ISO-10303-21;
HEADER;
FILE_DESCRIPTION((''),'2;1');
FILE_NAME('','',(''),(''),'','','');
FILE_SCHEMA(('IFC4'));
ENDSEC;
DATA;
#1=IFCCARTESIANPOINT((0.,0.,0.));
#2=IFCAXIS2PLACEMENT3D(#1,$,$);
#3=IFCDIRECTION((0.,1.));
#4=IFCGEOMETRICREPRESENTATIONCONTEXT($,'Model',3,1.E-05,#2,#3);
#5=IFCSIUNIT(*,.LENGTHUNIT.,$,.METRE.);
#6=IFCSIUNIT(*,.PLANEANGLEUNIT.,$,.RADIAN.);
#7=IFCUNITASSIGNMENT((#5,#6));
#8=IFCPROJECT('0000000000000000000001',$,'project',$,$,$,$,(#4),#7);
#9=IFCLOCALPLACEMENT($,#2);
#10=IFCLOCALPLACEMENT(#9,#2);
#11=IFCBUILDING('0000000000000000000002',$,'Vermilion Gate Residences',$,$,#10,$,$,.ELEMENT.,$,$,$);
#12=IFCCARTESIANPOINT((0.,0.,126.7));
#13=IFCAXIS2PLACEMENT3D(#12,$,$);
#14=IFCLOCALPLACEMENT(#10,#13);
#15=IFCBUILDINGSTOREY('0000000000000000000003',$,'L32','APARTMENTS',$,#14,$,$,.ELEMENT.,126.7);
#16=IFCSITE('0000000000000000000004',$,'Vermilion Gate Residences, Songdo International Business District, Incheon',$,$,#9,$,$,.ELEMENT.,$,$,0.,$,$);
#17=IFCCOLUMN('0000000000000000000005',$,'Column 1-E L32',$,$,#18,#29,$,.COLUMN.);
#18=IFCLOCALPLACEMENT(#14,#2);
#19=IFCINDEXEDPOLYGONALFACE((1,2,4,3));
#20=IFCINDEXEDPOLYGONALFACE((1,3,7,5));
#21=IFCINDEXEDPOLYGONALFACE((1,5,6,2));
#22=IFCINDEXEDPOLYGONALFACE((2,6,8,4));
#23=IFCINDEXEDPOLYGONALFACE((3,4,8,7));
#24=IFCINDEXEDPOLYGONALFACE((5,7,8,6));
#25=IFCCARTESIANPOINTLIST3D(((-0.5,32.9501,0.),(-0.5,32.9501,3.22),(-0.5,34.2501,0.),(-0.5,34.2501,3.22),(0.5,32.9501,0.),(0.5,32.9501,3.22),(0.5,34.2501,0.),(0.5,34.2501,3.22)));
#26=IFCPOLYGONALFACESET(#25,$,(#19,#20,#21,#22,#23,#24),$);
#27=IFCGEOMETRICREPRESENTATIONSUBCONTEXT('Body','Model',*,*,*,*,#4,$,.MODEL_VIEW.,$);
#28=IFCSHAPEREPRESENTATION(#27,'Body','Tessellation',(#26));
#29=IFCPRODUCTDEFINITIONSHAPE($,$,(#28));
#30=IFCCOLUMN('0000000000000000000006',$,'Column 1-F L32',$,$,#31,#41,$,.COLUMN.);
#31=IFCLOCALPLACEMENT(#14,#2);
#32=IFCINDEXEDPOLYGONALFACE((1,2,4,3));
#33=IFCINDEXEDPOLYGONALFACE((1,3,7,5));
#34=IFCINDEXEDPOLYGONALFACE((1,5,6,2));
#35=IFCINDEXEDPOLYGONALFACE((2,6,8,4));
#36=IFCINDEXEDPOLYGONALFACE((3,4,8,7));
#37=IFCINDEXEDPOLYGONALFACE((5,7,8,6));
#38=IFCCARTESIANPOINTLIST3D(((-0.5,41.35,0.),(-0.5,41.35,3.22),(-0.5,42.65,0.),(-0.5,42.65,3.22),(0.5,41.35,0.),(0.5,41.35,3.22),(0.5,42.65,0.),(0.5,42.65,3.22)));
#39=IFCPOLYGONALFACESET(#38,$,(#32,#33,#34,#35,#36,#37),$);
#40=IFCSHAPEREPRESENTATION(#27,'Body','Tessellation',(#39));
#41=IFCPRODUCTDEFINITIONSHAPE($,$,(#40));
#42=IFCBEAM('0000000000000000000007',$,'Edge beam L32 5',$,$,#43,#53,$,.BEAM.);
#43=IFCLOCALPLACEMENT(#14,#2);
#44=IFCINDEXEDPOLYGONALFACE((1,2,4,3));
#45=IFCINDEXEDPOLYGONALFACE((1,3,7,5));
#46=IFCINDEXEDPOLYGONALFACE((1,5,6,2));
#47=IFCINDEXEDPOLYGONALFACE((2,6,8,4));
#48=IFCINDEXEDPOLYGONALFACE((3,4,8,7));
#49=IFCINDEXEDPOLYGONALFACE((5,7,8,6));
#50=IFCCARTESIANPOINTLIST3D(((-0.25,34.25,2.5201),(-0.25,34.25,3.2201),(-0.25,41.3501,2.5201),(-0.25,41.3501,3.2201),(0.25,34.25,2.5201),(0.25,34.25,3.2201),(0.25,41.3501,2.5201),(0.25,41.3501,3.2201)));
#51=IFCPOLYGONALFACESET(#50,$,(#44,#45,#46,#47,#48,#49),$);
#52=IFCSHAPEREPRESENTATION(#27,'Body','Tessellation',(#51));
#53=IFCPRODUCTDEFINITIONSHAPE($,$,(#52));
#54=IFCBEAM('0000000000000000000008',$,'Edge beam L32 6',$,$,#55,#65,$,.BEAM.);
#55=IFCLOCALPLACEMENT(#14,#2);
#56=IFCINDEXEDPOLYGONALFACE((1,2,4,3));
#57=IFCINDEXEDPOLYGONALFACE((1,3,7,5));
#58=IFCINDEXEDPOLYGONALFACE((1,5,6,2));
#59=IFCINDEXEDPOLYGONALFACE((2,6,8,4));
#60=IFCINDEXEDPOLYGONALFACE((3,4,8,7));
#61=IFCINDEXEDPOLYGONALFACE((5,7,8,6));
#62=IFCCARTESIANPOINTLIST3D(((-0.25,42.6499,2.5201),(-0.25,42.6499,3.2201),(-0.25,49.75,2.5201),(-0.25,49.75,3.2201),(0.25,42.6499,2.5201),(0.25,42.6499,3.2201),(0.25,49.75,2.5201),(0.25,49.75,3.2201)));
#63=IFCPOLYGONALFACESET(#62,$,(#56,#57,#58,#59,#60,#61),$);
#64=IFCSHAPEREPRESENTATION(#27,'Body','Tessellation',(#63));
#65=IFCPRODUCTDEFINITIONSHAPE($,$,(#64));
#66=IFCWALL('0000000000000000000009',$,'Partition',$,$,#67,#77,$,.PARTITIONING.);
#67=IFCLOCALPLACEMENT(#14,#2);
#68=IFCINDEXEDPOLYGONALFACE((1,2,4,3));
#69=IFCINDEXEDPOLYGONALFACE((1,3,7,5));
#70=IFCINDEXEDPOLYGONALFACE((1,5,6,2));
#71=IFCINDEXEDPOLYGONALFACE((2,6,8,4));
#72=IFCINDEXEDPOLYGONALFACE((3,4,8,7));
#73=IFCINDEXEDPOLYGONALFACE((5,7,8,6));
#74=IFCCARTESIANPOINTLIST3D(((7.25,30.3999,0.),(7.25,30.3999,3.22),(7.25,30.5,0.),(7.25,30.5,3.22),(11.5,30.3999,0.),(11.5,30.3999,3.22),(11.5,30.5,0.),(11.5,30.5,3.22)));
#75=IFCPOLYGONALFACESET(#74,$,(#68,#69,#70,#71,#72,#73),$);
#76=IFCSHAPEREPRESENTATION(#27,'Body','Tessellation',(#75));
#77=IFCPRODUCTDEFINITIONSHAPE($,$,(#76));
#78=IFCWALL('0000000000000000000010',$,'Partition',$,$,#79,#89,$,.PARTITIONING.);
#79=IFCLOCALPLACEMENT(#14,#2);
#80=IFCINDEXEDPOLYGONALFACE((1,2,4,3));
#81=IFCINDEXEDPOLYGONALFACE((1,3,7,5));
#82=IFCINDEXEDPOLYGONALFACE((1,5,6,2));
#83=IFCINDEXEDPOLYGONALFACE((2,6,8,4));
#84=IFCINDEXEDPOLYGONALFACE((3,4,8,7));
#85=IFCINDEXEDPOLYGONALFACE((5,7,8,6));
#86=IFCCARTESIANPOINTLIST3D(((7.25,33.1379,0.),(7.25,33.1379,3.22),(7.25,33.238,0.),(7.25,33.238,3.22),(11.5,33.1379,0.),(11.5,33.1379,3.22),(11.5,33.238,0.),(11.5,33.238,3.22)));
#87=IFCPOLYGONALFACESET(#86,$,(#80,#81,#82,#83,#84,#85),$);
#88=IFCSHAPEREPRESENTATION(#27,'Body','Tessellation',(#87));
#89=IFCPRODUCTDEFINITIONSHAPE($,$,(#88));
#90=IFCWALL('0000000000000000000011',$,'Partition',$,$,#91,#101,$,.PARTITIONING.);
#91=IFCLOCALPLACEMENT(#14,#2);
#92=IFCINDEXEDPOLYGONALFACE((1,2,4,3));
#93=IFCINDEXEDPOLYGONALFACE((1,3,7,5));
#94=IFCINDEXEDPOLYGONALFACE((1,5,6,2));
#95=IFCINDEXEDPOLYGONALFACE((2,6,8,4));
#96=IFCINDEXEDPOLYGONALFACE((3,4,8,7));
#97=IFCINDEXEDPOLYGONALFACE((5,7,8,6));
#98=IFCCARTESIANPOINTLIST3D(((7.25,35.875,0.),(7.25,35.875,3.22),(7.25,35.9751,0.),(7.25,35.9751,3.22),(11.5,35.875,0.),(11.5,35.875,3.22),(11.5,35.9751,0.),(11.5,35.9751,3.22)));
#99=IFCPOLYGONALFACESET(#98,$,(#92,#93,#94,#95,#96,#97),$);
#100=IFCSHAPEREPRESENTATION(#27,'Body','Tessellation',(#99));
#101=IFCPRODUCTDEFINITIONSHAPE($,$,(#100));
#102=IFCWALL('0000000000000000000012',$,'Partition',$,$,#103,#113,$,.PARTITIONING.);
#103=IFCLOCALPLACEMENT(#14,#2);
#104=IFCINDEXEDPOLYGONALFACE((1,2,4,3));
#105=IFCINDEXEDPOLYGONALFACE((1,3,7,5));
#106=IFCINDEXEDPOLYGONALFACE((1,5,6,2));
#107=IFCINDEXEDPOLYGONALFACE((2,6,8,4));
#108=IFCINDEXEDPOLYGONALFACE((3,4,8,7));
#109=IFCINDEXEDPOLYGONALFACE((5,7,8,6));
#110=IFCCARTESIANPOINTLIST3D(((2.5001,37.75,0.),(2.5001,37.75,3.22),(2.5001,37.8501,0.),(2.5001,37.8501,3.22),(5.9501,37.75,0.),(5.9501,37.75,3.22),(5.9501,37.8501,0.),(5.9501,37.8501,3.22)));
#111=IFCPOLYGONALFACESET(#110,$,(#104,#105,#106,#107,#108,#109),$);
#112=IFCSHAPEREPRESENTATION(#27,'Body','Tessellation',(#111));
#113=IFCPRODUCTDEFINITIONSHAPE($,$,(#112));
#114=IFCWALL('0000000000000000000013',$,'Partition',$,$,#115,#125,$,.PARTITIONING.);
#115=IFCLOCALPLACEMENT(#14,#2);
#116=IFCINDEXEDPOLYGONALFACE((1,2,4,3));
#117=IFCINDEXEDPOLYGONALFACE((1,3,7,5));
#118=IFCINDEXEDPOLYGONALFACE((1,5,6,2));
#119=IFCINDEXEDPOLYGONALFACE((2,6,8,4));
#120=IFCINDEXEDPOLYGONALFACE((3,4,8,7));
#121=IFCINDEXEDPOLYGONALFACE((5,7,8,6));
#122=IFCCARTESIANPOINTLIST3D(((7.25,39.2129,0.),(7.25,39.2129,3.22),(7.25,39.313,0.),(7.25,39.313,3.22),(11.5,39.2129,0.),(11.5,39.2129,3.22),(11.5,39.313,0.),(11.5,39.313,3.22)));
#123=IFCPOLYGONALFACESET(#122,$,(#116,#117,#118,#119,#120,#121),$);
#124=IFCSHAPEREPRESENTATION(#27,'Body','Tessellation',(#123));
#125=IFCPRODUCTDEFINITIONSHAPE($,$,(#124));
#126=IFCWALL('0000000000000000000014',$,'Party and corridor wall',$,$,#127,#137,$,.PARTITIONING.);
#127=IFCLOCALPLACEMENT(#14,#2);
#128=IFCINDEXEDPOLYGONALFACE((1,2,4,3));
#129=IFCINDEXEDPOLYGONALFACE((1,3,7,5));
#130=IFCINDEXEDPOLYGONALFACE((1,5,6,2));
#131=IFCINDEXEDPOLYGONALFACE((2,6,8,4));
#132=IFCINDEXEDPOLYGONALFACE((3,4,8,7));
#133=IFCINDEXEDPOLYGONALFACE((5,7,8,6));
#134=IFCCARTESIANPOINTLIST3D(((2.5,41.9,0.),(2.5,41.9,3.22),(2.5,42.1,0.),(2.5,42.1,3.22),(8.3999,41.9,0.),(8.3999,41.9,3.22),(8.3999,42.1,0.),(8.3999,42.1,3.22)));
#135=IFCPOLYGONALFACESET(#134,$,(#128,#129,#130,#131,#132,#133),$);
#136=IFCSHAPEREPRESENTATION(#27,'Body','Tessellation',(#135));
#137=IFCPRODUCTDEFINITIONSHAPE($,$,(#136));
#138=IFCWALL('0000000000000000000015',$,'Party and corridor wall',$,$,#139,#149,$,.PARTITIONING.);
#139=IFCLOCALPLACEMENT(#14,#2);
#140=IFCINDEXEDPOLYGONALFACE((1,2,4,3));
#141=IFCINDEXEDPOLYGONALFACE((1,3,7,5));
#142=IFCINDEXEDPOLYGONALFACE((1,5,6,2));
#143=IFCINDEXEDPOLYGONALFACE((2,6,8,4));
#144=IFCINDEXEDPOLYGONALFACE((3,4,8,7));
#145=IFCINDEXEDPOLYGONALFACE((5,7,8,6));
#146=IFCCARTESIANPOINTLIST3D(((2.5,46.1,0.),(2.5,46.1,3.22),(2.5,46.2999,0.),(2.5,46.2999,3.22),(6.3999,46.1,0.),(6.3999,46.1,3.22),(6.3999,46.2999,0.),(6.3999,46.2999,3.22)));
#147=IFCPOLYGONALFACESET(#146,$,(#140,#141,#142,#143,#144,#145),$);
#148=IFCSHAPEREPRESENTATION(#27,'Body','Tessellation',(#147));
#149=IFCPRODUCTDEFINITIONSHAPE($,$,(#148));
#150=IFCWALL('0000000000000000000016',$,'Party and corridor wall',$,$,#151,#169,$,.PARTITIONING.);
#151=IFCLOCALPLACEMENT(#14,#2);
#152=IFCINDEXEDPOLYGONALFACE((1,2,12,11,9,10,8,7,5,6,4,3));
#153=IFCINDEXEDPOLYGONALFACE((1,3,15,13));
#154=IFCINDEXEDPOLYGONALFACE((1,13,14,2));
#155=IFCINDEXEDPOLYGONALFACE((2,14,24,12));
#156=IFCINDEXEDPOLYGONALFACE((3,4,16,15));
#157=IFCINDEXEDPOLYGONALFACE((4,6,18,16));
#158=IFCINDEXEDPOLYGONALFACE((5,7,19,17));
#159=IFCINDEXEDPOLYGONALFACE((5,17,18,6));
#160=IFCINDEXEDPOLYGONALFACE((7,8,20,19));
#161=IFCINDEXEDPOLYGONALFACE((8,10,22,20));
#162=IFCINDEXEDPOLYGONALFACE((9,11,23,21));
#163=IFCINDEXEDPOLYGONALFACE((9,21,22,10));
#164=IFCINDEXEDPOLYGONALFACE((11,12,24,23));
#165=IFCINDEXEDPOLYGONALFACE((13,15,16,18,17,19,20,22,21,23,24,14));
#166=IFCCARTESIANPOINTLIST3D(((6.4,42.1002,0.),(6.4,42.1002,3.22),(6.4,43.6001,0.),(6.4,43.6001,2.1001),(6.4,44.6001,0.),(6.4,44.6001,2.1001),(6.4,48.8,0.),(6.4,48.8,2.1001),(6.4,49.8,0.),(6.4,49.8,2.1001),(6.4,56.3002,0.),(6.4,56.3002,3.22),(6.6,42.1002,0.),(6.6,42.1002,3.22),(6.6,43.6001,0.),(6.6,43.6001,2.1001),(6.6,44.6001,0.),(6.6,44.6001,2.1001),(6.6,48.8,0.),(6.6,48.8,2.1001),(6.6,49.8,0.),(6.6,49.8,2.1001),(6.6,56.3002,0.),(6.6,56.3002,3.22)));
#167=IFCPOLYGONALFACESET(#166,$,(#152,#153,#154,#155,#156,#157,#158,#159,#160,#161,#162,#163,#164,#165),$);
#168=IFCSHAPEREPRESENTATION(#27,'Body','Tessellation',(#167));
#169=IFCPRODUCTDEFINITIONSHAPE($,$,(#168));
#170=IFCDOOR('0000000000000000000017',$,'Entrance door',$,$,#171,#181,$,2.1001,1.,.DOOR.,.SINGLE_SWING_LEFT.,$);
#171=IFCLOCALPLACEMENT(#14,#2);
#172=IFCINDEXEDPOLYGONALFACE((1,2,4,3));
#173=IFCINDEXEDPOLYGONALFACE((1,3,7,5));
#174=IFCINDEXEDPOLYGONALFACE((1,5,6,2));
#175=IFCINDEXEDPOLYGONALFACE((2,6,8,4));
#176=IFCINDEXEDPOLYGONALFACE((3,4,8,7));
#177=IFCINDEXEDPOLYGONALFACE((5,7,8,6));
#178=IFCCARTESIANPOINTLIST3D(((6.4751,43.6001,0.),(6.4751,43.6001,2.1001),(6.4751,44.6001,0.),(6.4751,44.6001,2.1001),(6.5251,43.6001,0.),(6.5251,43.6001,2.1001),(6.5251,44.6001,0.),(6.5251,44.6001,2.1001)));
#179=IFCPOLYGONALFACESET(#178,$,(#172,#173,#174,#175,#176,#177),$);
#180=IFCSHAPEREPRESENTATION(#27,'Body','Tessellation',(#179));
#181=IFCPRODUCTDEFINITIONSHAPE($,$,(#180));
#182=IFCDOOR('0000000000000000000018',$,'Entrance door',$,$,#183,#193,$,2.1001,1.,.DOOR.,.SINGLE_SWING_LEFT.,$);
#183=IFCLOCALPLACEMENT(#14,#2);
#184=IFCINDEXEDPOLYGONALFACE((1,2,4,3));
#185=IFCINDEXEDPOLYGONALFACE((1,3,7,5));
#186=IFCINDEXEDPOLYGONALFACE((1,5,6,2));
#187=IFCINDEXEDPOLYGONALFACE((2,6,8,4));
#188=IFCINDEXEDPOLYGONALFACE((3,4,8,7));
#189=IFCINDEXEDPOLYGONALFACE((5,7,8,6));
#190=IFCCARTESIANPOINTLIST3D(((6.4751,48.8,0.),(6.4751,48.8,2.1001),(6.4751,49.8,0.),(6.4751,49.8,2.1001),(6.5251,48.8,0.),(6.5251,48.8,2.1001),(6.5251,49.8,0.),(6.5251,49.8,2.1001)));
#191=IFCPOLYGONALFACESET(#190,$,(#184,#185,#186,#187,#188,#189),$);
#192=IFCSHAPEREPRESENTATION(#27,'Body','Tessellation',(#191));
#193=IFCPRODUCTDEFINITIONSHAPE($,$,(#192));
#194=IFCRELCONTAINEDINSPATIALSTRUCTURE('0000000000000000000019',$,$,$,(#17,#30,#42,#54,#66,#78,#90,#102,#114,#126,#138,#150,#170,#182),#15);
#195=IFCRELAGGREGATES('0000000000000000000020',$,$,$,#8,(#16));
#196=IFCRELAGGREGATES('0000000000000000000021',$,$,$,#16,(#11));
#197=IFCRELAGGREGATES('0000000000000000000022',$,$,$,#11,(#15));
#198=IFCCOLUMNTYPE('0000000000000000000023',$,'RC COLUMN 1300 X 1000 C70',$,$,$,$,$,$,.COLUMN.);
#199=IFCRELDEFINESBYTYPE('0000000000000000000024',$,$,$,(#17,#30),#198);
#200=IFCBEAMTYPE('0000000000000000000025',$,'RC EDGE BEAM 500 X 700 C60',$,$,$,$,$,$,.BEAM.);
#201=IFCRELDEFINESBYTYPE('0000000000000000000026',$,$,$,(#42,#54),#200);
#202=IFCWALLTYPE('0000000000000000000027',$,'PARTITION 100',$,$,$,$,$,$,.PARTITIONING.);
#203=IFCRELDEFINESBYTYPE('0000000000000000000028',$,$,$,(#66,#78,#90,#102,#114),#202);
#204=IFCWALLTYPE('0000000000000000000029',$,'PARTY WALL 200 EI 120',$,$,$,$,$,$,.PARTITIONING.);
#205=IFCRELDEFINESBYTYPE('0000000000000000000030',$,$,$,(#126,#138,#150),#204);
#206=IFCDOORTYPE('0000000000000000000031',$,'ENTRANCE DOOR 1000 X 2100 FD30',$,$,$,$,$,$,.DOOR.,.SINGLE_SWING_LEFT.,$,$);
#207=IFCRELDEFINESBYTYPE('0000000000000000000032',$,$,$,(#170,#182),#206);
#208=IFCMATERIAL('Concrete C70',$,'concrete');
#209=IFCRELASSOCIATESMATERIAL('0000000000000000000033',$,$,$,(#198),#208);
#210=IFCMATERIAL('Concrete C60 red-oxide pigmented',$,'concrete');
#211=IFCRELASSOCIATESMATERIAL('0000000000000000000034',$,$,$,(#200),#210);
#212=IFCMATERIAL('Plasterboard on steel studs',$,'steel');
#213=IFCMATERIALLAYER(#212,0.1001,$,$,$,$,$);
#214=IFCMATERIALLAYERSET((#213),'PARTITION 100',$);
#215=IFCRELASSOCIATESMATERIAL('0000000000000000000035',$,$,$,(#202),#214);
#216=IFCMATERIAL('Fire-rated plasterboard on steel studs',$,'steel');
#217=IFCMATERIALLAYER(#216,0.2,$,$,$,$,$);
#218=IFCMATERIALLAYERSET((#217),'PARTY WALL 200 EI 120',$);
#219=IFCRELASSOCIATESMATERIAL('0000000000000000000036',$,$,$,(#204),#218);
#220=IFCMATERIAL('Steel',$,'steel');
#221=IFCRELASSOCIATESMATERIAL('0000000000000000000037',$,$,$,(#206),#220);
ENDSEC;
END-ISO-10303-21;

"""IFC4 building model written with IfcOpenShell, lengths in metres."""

from ifc_helpers import new_model, si_unit, direction, frame, frame_2d, origin, origin_2d, place, context, subcontext, project, spatial, rectangle, extrude, material, layer, layer_set, material_profile, profile_set, type_object, element, fill, save


model = new_model("IFC4")

# Units and contexts
model_context = context("Model", 3, precision=1e-05, world=origin(), true_north=direction((0.0, 1.0)))
body_context = subcontext(model_context, "Body", "Model", "MODEL_VIEW")
ifc_project = project(units=[si_unit("LENGTHUNIT", "METRE"), si_unit("PLANEANGLEUNIT", "RADIAN")], contexts=[model_context])

# Site, building, storey
site_placement = place(None, origin())
site = spatial("IfcSite", under=ifc_project, at=site_placement, Name="Vermilion Gate Residences, Songdo International Business District, Incheon", CompositionType="ELEMENT", RefElevation=0.0)
building_placement = place(site_placement, origin())
building = spatial("IfcBuilding", under=site, at=building_placement, Name="Vermilion Gate Residences", CompositionType="ELEMENT")
storey_placement = place(building_placement, frame((0.0, 0.0, 126.7)))
storey = spatial("IfcBuildingStorey", under=building, at=storey_placement, Name="L32", Description="APARTMENTS", CompositionType="ELEMENT", Elevation=126.7)

# Columns
ifc_material_1 = material(Name="Concrete C70", Category="concrete")
ifc_material_profile_1 = material_profile(ifc_material_1, rectangle(XDim=1.3, YDim=1.0, at=origin_2d()), Name="RC-1300x1000")
ifc_profile_set_1 = profile_set([ifc_material_profile_1], Name="Concrete C70")
column_type = type_object("IfcColumnType", Name="RC COLUMN 1300 X 1000 C70", PredefinedType="COLUMN", material=ifc_profile_set_1)
for number, where, z_axis, x_axis, name in (
    (1, (0.0, 33.6001, 0.0), (0.0, 0.0, 1.0), (0.0, 1.0, 0.0), "Column 1-E L32"),
    (2, (0.0, 42.0, 0.0), (0.0, 0.0, 1.0), (0.0, 1.0, 0.0), "Column 1-F L32"),
):
    element("IfcColumn", number, at=place(storey_placement, frame(where, z_axis=z_axis, x_axis=x_axis)), inside=storey, type_object=column_type, Name=name, PredefinedType="COLUMN", context=body_context, shape_type="SweptSolid", body=[
        extrude(rectangle(XDim=1.3, YDim=1.0, at=origin_2d()), origin(), (0.0, 0.0, 1.0), 3.22),
    ])

# Beams
ifc_material_2 = material(Name="Concrete C60 red-oxide pigmented", Category="concrete")
ifc_material_profile_2 = material_profile(ifc_material_2, rectangle(XDim=0.5, YDim=0.7, at=origin_2d()), Name="RC-500x700")
ifc_profile_set_2 = profile_set([ifc_material_profile_2], Name="Concrete C60 red-oxide pigmented")
beam_type = type_object("IfcBeamType", Name="RC EDGE BEAM 500 X 700 C60", PredefinedType="BEAM", material=ifc_profile_set_2)
for number, where, z_axis, x_axis, name in (
    (3, (0.0, 34.25, 2.8701), (0.0, 1.0, 0.0), (-1.0, 0.0, 0.0), "Edge beam L32 5"),
    (4, (0.0, 42.6499, 2.8701), (0.0, 1.0, 0.0), (-1.0, 0.0, 0.0), "Edge beam L32 6"),
):
    element("IfcBeam", number, at=place(storey_placement, frame(where, z_axis=z_axis, x_axis=x_axis)), inside=storey, type_object=beam_type, Name=name, PredefinedType="BEAM", context=body_context, shape_type="SweptSolid", body=[
        extrude(rectangle(XDim=0.5, YDim=0.7, at=origin_2d()), origin(), (0.0, 0.0, 1.0), 7.1001),
    ])

# Walls
ifc_material_3 = material(Name="Plasterboard on steel studs", Category="steel")
ifc_layer_1 = layer(ifc_material_3, 0.1001)
ifc_layer_set_1 = layer_set([ifc_layer_1], Name="PARTITION 100")
wall_type_1 = type_object("IfcWallType", Name="PARTITION 100", PredefinedType="PARTITIONING", material=ifc_layer_set_1)
for number, where, z_axis, x_axis, name in (
    (5, (7.25, 30.45, 0.0), (0.0, 0.0, 1.0), (1.0, 0.0, 0.0), "Partition"),
    (6, (7.25, 33.188, 0.0), (0.0, 0.0, 1.0), (1.0, 0.0, 0.0), "Partition"),
    (7, (7.25, 35.925, 0.0), (0.0, 0.0, 1.0), (1.0, 0.0, 0.0), "Partition"),
):
    element("IfcWall", number, at=place(storey_placement, frame(where, z_axis=z_axis, x_axis=x_axis)), inside=storey, type_object=wall_type_1, Name=name, PredefinedType="PARTITIONING", context=body_context, shape_type="SweptSolid", body=[
        extrude(rectangle(XDim=4.25, YDim=0.1001, at=frame_2d((2.125, 0.0))), origin(), (0.0, 0.0, 1.0), 3.22),
    ])
wall_1_placement = place(storey_placement, frame((2.5, 37.8, 0.0), z_axis=(0.0, 0.0, 1.0), x_axis=(1.0, 0.0, 0.0)))
element("IfcWall", 8, at=wall_1_placement, inside=storey, type_object=wall_type_1, Name="Partition", PredefinedType="PARTITIONING", context=body_context, shape_type="SweptSolid", body=[
    extrude(rectangle(XDim=3.45, YDim=0.1001, at=frame_2d((1.7251, 0.0))), origin(), (0.0, 0.0, 1.0), 3.22),
])
wall_2_placement = place(storey_placement, frame((7.25, 39.2629, 0.0), z_axis=(0.0, 0.0, 1.0), x_axis=(1.0, 0.0, 0.0)))
element("IfcWall", 9, at=wall_2_placement, inside=storey, type_object=wall_type_1, Name="Partition", PredefinedType="PARTITIONING", context=body_context, shape_type="SweptSolid", body=[
    extrude(rectangle(XDim=4.25, YDim=0.1001, at=frame_2d((2.125, 0.0))), origin(), (0.0, 0.0, 1.0), 3.22),
])
ifc_material_4 = material(Name="Fire-rated plasterboard on steel studs", Category="steel")
ifc_layer_2 = layer(ifc_material_4, 0.2)
ifc_layer_set_2 = layer_set([ifc_layer_2], Name="PARTY WALL 200 EI 120")
wall_type_2 = type_object("IfcWallType", Name="PARTY WALL 200 EI 120", PredefinedType="PARTITIONING", material=ifc_layer_set_2)
wall_3_placement = place(storey_placement, frame((2.5, 42.0, 0.0), z_axis=(0.0, 0.0, 1.0), x_axis=(1.0, 0.0, 0.0)))
element("IfcWall", 10, at=wall_3_placement, inside=storey, type_object=wall_type_2, Name="Party and corridor wall", PredefinedType="PARTITIONING", context=body_context, shape_type="SweptSolid", body=[
    extrude(rectangle(XDim=5.8999, YDim=0.2, at=frame_2d((2.95, 0.0))), origin(), (0.0, 0.0, 1.0), 3.22),
])
wall_4_placement = place(storey_placement, frame((2.5, 46.2, 0.0), z_axis=(0.0, 0.0, 1.0), x_axis=(1.0, 0.0, 0.0)))
element("IfcWall", 11, at=wall_4_placement, inside=storey, type_object=wall_type_2, Name="Party and corridor wall", PredefinedType="PARTITIONING", context=body_context, shape_type="SweptSolid", body=[
    extrude(rectangle(XDim=3.8999, YDim=0.2, at=frame_2d((1.95, 0.0))), origin(), (0.0, 0.0, 1.0), 3.22),
])

# Wall, openings, doors
wall_5_placement = place(storey_placement, frame((6.5, 42.1001, 0.0), z_axis=(0.0, 0.0, 1.0), x_axis=(0.0, 1.0, 0.0)))
wall_5 = element("IfcWall", 12, at=wall_5_placement, inside=storey, type_object=wall_type_2, Name="Party and corridor wall", PredefinedType="PARTITIONING", context=body_context, shape_type="SweptSolid", body=[
    extrude(rectangle(XDim=14.2, YDim=0.2, at=frame_2d((7.1001, 0.0))), origin(), (0.0, 0.0, 1.0), 3.22),
])
opening_1_placement = place(wall_5_placement, frame((1.5, 0.0, 0.0)))
opening_1 = element("IfcOpeningElement", 13, at=opening_1_placement, cuts=wall_5, PredefinedType="OPENING", context=body_context, shape_type="SweptSolid", body=[
    extrude(rectangle(XDim=1.0, YDim=2.1001, at=frame_2d((0.5, 1.05))), frame((0.0, 0.1099, 0.0), z_axis=(0.0, -1.0, 0.0), x_axis=(1.0, 0.0, 0.0)), (0.0, 0.0, 1.0), 0.22),
])
opening_2_placement = place(wall_5_placement, frame((6.7, 0.0, 0.0)))
opening_2 = element("IfcOpeningElement", 14, at=opening_2_placement, cuts=wall_5, PredefinedType="OPENING", context=body_context, shape_type="SweptSolid", body=[
    extrude(rectangle(XDim=1.0, YDim=2.1001, at=frame_2d((0.5, 1.05))), frame((0.0, 0.1099, 0.0), z_axis=(0.0, -1.0, 0.0), x_axis=(1.0, 0.0, 0.0)), (0.0, 0.0, 1.0), 0.22),
])
ifc_material_5 = material(Name="Steel", Category="steel")
door_type = type_object("IfcDoorType", Name="ENTRANCE DOOR 1000 X 2100 FD30", OperationType="SINGLE_SWING_LEFT", PredefinedType="DOOR", material=ifc_material_5)
door_1_placement = place(opening_1_placement, origin())
door_1 = element("IfcDoor", 15, at=door_1_placement, inside=storey, type_object=door_type, Name="Entrance door", OperationType="SINGLE_SWING_LEFT", OverallHeight=2.1001, OverallWidth=1.0, PredefinedType="DOOR", context=body_context, shape_type="SweptSolid", body=[
    extrude(rectangle(XDim=1.0, YDim=2.1001, at=frame_2d((0.5, 1.05))), frame((0.0, 0.0249, 0.0), z_axis=(0.0, -1.0, 0.0), x_axis=(1.0, 0.0, 0.0)), (0.0, 0.0, 1.0), 0.05),
])
fill(opening_1, door_1)
door_2_placement = place(opening_2_placement, origin())
door_2 = element("IfcDoor", 16, at=door_2_placement, inside=storey, type_object=door_type, Name="Entrance door", OperationType="SINGLE_SWING_LEFT", OverallHeight=2.1001, OverallWidth=1.0, PredefinedType="DOOR", context=body_context, shape_type="SweptSolid", body=[
    extrude(rectangle(XDim=1.0, YDim=2.1001, at=frame_2d((0.5, 1.05))), frame((0.0, 0.0249, 0.0), z_axis=(0.0, -1.0, 0.0), x_axis=(1.0, 0.0, 0.0)), (0.0, 0.0, 1.0), 0.05),
])
fill(opening_2, door_2)

save(model, "model.ifc")
